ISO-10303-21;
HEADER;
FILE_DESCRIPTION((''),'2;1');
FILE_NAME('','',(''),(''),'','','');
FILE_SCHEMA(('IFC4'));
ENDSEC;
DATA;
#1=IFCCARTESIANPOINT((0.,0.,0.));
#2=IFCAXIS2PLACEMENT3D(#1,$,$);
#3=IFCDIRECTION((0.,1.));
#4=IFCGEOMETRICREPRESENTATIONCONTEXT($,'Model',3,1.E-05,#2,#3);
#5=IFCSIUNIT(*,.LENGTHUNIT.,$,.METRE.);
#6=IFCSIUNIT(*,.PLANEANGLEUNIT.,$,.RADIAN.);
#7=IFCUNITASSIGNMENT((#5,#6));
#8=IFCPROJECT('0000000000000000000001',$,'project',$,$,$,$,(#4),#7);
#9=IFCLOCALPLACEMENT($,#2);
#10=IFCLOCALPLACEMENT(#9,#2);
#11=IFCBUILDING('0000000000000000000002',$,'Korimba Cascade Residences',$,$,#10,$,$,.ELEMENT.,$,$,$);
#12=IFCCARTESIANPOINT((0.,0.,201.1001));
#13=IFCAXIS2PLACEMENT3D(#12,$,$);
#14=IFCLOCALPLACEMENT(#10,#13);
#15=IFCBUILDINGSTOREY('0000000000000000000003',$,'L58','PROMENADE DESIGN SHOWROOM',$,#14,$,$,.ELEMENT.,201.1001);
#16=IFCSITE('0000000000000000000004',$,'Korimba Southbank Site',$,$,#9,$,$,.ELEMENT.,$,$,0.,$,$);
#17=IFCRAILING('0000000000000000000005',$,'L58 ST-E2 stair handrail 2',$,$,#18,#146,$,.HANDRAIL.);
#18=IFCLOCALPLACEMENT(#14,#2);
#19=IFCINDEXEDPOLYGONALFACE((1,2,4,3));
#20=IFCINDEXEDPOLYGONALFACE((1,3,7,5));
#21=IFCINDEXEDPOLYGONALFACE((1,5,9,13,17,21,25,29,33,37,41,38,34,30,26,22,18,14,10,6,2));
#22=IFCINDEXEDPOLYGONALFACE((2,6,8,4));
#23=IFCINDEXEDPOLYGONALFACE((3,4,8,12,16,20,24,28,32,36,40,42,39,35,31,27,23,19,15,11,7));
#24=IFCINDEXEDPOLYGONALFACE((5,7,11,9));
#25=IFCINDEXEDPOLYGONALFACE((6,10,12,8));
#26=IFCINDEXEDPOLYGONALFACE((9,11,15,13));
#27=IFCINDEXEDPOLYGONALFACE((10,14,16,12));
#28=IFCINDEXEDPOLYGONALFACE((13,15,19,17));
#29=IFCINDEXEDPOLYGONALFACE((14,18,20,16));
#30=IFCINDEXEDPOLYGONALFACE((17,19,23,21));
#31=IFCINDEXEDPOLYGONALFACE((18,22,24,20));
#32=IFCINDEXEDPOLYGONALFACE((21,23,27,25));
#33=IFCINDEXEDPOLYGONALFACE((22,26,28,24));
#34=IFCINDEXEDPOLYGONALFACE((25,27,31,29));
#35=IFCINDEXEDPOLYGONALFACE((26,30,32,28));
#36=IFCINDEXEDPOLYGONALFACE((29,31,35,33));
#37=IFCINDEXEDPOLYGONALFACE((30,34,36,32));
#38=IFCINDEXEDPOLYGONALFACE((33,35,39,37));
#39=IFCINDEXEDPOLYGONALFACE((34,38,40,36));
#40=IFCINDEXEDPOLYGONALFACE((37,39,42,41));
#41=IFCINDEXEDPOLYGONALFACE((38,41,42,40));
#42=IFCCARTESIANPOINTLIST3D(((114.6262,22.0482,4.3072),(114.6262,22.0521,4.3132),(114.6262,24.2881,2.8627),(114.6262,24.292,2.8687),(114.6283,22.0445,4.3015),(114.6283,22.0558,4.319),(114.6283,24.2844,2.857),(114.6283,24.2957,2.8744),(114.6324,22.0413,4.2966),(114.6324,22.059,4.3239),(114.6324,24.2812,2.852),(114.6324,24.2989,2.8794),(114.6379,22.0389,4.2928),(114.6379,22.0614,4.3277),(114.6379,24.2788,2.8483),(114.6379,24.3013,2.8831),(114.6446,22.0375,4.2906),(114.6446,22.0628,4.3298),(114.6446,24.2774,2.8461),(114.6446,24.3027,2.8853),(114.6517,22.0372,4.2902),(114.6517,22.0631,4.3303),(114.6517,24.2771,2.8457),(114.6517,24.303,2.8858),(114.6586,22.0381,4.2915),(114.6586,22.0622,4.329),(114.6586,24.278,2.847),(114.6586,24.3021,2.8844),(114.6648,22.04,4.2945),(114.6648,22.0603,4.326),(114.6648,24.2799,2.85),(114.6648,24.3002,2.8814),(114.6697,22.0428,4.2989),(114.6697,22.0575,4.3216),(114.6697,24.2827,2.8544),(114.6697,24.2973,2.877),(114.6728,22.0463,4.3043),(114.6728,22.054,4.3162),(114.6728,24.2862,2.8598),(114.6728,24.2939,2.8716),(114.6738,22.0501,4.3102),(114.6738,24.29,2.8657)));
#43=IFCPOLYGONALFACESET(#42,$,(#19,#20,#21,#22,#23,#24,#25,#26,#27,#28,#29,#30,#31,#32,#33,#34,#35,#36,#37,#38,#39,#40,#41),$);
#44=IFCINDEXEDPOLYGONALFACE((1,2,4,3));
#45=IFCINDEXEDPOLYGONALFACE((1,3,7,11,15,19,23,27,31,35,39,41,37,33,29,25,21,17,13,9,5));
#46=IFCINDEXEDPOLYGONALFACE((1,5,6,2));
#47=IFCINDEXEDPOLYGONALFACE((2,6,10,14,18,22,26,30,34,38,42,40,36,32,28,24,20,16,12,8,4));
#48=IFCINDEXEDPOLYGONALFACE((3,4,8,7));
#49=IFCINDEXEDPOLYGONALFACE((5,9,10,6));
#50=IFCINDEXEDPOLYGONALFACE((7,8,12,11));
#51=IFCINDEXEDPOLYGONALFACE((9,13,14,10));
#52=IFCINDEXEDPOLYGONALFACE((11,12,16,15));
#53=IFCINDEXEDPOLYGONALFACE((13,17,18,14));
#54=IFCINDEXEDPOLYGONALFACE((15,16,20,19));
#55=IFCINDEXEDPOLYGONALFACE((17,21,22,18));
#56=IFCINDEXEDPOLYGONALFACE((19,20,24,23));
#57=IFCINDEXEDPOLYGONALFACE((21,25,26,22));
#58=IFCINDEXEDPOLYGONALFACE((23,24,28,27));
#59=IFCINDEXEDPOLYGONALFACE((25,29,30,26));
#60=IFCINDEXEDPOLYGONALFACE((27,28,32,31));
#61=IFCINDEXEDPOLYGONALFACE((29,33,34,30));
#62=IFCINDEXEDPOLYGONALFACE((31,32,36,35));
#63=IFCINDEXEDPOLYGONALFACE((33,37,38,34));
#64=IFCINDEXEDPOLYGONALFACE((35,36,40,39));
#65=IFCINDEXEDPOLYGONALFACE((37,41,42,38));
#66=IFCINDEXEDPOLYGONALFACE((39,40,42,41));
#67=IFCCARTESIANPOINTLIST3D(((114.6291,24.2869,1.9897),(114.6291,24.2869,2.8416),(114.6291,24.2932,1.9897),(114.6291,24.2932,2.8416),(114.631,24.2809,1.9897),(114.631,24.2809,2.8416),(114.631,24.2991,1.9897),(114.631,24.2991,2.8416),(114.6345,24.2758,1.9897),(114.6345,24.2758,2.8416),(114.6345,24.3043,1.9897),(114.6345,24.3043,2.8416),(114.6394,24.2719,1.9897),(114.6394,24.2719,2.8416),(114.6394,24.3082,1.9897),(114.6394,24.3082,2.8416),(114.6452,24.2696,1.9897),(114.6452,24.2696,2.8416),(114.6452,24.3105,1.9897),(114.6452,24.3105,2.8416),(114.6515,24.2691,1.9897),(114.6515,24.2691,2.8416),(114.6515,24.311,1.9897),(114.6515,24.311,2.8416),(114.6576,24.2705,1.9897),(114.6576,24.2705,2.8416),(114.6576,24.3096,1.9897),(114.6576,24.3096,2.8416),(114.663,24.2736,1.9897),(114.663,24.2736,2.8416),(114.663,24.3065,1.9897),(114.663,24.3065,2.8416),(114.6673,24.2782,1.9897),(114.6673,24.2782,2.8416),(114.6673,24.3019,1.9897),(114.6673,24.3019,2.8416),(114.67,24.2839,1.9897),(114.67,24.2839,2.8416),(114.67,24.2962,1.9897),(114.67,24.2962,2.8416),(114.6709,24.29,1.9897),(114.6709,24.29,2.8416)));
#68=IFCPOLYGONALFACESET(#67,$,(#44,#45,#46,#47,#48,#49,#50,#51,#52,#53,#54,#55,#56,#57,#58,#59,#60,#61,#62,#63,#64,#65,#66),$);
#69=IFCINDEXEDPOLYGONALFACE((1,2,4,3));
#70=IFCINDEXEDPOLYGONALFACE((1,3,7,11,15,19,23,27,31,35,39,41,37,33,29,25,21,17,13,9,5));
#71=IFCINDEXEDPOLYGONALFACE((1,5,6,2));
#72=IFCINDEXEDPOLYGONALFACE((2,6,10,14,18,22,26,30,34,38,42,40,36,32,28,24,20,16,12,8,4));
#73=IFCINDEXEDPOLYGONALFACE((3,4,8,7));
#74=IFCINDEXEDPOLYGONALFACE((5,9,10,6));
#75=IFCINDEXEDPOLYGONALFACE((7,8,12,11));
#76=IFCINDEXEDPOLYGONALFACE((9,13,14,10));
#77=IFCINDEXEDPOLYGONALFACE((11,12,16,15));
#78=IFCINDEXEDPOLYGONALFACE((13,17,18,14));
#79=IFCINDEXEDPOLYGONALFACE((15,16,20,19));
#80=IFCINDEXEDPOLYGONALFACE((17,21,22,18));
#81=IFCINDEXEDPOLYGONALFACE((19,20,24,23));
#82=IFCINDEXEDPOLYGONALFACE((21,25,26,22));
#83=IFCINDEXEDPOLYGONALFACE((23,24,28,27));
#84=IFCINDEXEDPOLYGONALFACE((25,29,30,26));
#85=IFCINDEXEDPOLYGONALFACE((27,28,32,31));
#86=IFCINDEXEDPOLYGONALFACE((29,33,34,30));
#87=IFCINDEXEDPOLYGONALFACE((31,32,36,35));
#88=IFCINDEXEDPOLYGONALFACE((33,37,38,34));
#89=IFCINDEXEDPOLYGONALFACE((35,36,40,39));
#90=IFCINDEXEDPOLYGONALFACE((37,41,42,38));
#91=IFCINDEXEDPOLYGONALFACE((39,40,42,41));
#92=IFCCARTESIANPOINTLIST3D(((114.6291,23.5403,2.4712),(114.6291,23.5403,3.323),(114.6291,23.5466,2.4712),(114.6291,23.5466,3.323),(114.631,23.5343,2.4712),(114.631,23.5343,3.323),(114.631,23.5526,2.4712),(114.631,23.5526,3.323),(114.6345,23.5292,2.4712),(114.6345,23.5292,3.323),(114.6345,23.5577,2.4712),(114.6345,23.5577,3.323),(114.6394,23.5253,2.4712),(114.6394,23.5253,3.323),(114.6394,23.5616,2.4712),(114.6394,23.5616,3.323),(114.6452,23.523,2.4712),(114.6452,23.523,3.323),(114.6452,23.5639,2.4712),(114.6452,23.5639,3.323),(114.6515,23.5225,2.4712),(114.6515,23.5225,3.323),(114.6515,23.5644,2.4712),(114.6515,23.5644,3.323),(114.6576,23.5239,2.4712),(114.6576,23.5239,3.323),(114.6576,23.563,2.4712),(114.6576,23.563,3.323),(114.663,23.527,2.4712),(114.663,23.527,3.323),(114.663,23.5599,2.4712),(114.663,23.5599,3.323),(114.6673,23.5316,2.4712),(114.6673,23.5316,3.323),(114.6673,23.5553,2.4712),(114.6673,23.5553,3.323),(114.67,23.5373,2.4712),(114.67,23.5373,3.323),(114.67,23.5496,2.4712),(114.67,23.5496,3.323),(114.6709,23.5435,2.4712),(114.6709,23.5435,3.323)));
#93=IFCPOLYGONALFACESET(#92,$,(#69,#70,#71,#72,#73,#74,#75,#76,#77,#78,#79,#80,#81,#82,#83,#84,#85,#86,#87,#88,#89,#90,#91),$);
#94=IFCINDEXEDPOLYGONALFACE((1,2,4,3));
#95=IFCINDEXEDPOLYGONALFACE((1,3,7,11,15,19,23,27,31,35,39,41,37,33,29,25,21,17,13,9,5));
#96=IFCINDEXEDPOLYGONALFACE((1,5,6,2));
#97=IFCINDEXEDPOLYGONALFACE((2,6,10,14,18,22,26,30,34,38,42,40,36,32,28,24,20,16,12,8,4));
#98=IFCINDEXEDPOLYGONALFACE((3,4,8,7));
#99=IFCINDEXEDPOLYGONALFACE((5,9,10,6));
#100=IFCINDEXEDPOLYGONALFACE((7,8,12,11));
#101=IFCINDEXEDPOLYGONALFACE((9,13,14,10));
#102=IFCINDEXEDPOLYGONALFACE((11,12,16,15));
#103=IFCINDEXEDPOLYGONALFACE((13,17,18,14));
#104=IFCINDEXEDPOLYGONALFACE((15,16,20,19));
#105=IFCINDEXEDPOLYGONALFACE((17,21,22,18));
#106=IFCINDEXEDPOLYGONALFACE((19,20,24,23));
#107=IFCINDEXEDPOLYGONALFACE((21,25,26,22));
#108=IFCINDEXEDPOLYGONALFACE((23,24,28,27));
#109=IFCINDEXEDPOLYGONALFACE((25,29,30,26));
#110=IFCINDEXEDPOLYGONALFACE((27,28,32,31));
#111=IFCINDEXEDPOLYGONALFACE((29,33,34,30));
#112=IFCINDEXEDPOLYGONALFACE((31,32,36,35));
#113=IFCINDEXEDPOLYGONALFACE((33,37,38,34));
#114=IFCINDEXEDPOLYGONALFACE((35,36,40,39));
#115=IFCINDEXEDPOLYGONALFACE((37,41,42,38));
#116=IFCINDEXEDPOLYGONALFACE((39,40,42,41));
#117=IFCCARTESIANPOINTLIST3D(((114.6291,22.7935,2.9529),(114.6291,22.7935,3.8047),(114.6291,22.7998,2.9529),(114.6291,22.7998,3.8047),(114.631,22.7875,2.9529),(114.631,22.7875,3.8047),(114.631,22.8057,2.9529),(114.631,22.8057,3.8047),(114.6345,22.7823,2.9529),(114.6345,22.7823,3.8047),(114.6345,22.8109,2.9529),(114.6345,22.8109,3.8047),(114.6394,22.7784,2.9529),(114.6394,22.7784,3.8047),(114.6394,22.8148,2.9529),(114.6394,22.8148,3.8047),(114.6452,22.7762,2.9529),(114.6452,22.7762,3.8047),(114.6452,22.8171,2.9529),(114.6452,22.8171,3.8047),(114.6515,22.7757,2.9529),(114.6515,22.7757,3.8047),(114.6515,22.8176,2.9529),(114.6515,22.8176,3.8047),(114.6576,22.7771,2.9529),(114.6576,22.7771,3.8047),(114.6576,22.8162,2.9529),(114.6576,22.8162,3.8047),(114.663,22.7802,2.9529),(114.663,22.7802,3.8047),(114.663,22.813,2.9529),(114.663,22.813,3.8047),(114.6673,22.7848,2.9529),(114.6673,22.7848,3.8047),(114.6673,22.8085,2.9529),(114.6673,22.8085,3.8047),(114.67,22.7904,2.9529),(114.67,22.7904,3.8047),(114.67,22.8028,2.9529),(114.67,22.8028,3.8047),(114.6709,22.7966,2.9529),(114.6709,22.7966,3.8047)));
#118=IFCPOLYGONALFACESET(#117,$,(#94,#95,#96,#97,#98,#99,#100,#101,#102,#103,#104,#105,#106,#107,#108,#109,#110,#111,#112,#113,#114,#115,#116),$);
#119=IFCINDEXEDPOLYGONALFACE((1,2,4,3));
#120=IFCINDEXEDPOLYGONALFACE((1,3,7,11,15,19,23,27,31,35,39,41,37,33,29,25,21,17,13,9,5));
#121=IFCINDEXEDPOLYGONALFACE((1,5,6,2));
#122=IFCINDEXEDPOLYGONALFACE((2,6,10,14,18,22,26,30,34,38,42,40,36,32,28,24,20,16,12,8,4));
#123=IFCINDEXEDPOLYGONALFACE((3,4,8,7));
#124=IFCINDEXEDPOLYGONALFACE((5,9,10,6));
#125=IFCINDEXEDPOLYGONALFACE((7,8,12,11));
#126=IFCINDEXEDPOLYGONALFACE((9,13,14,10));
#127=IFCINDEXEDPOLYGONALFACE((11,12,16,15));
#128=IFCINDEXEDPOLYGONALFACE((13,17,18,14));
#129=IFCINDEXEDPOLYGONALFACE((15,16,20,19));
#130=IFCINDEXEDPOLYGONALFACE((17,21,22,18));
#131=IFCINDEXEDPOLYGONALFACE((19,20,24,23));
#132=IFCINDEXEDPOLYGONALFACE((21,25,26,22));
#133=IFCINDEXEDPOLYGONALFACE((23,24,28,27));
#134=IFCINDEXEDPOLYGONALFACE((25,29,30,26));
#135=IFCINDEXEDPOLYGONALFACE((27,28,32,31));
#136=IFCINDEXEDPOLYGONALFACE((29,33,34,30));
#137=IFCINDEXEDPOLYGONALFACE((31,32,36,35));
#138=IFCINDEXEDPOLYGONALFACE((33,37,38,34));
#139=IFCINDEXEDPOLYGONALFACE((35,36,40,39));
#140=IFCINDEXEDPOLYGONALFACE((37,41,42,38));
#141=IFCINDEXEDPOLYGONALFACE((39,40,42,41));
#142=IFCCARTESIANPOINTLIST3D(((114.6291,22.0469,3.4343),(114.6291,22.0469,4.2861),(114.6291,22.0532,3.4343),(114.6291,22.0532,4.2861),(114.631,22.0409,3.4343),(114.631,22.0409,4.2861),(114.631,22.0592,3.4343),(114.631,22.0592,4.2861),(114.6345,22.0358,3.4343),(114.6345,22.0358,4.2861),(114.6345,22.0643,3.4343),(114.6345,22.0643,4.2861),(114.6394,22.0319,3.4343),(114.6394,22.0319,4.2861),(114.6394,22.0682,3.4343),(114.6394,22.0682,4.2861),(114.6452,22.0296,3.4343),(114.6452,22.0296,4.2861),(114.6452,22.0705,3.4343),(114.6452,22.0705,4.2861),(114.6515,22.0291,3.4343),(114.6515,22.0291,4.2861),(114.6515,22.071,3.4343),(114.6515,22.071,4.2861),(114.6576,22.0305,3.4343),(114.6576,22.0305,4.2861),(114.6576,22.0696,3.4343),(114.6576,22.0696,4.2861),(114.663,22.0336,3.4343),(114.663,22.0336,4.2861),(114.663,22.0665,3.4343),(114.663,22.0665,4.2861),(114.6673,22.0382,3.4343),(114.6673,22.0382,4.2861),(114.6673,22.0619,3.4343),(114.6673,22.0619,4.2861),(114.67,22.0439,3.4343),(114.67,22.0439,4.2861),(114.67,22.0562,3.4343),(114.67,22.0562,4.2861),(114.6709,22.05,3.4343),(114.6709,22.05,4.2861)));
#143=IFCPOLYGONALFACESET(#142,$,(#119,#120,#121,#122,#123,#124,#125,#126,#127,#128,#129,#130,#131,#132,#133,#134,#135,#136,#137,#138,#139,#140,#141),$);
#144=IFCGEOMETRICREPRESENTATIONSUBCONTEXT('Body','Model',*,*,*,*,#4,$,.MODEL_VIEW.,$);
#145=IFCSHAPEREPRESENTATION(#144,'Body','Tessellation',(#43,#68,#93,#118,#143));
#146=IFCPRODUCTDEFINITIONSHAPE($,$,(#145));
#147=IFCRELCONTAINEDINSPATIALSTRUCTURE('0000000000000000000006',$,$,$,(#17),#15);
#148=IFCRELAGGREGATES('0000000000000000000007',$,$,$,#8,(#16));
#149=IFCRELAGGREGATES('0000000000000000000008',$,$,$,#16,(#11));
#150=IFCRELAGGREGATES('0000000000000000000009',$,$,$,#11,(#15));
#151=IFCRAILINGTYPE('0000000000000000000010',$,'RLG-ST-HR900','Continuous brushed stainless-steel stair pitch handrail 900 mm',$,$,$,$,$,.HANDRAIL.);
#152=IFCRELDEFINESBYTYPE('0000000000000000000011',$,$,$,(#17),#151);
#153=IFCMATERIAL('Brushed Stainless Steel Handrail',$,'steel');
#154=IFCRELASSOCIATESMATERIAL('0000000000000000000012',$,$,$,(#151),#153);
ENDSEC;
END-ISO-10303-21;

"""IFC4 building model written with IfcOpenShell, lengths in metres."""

from ifc_helpers import new_model, si_unit, direction, frame, origin, origin_2d, place, context, subcontext, project, spatial, circle, extrude, material, type_object, element, save


model = new_model("IFC4")

# Units and contexts
model_context = context("Model", 3, precision=1e-05, world=origin(), true_north=direction((0.0, 1.0)))
body_context = subcontext(model_context, "Body", "Model", "MODEL_VIEW")
ifc_project = project(units=[si_unit("LENGTHUNIT", "METRE"), si_unit("PLANEANGLEUNIT", "RADIAN")], contexts=[model_context])

# Site, building, storey
site_placement = place(None, origin())
site = spatial("IfcSite", under=ifc_project, at=site_placement, Name="Korimba Southbank Site", CompositionType="ELEMENT", RefElevation=0.0)
building_placement = place(site_placement, origin())
building = spatial("IfcBuilding", under=site, at=building_placement, Name="Korimba Cascade Residences", CompositionType="ELEMENT")
storey_placement = place(building_placement, frame((0.0, 0.0, 201.1001)))
storey = spatial("IfcBuildingStorey", under=building, at=storey_placement, Name="L58", Description="PROMENADE DESIGN SHOWROOM", CompositionType="ELEMENT", Elevation=201.1001)

# Railing
ifc_material_1 = material(Name="Brushed Stainless Steel Handrail", Category="steel")
railing_type_1 = type_object("IfcRailingType", Name="RLG-ST-HR900", Description="Continuous brushed stainless-steel stair pitch handrail 900 mm", PredefinedType="HANDRAIL", material=ifc_material_1)
railing_1_placement = place(storey_placement, frame((114.6499, 24.29, 1.9897)))
element("IfcRailing", 1, at=railing_1_placement, inside=storey, type_object=railing_type_1, Name="L58 ST-E2 stair handrail 2", PredefinedType="HANDRAIL", context=body_context, shape_type="SweptSolid", body=[
    extrude(circle(Radius=0.0239, at=origin_2d()), frame((0.0, 0.0, 0.876), z_axis=(0.0, -0.840395, 0.541975), x_axis=(1.0, 0.0, 0.0)), (0.0, 0.0, 1.0), 2.6653),
    extrude(circle(Radius=0.021, at=origin_2d()), origin(), (0.0, 0.0, 1.0), 0.8518),
    extrude(circle(Radius=0.021, at=origin_2d()), frame((0.0, -0.7466, 0.4814)), (0.0, 0.0, 1.0), 0.8518),
    extrude(circle(Radius=0.021, at=origin_2d()), frame((0.0, -1.4934, 0.9631)), (0.0, 0.0, 1.0), 0.8518),
    extrude(circle(Radius=0.021, at=origin_2d()), frame((0.0, -2.24, 1.4446)), (0.0, 0.0, 1.0), 0.8518),
])

save(model, "model.ifc")
